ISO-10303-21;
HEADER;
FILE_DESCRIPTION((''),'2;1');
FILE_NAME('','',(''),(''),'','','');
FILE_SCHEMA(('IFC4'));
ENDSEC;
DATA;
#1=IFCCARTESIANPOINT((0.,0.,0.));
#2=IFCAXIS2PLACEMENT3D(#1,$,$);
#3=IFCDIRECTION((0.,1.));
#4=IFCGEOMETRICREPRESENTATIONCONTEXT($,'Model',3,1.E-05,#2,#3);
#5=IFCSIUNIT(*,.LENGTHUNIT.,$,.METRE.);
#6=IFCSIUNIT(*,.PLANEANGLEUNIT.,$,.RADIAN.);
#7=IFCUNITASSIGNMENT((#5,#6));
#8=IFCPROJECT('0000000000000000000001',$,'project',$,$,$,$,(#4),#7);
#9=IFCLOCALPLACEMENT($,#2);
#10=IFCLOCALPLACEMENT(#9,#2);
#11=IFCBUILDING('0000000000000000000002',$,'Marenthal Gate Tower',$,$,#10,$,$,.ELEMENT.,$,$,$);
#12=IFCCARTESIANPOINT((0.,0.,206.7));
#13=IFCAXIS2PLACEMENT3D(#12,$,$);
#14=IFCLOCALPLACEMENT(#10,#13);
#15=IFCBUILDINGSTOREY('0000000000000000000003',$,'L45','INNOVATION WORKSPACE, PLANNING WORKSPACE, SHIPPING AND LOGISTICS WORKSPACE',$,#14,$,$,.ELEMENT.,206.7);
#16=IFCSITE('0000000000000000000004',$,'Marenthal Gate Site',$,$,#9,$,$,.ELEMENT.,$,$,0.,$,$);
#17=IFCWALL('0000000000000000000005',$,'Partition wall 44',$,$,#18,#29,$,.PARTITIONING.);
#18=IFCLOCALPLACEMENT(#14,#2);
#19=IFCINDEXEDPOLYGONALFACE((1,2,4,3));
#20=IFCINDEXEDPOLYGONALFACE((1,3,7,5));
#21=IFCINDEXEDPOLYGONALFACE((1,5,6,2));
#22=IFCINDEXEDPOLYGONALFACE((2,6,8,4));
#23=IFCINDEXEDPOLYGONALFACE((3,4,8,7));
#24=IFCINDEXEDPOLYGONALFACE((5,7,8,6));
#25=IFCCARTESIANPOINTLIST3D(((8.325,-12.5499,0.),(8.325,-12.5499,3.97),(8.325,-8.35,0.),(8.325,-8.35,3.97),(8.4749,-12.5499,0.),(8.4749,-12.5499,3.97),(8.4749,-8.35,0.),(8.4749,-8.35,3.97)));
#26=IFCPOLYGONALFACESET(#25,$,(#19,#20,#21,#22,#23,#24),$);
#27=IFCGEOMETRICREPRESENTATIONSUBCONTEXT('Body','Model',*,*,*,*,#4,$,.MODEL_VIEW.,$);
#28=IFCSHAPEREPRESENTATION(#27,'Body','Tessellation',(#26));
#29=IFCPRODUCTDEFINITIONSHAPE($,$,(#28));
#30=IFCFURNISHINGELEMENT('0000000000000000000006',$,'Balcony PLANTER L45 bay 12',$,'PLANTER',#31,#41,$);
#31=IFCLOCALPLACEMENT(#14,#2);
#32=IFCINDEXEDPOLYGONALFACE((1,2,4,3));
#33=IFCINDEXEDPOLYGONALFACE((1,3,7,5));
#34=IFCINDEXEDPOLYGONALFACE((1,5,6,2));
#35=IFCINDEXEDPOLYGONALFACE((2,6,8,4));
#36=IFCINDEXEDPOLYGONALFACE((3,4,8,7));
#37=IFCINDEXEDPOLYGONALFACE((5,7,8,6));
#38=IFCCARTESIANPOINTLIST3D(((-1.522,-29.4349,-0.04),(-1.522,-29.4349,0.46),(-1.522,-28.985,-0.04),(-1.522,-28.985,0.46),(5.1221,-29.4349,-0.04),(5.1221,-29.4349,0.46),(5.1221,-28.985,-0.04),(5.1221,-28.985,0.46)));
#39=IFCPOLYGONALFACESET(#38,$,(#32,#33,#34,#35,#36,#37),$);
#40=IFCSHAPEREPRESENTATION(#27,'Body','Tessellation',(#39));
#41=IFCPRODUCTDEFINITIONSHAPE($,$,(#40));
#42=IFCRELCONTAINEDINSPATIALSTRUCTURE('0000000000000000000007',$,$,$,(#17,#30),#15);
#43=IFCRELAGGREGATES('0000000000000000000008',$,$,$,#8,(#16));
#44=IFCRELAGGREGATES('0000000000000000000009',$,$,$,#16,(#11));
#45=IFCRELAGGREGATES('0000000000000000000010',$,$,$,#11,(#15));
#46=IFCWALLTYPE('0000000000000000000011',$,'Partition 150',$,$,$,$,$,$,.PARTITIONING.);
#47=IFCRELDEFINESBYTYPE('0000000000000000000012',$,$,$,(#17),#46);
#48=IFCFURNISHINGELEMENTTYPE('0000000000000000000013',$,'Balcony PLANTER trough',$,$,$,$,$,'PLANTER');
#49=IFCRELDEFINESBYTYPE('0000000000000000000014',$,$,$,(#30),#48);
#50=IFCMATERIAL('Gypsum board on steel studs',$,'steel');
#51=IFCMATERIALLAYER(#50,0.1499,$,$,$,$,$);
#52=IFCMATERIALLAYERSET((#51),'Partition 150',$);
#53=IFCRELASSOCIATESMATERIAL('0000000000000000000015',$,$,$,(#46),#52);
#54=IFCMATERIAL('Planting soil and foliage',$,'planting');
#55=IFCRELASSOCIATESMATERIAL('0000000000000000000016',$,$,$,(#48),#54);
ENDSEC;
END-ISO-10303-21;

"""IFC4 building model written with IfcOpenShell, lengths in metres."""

from ifc_helpers import new_model, si_unit, direction, frame, frame_2d, origin, origin_2d, place, context, subcontext, project, spatial, rectangle, extrude, material, layer, layer_set, type_object, element, save


model = new_model("IFC4")

# Units and contexts
model_context = context("Model", 3, precision=1e-05, world=origin(), true_north=direction((0.0, 1.0)))
body_context = subcontext(model_context, "Body", "Model", "MODEL_VIEW")
ifc_project = project(units=[si_unit("LENGTHUNIT", "METRE"), si_unit("PLANEANGLEUNIT", "RADIAN")], contexts=[model_context])

# Site, building, storey
site_placement = place(None, origin())
site = spatial("IfcSite", under=ifc_project, at=site_placement, Name="Marenthal Gate Site", CompositionType="ELEMENT", RefElevation=0.0)
building_placement = place(site_placement, origin())
building = spatial("IfcBuilding", under=site, at=building_placement, Name="Marenthal Gate Tower", CompositionType="ELEMENT")
storey_placement = place(building_placement, frame((0.0, 0.0, 206.7)))
storey = spatial("IfcBuildingStorey", under=building, at=storey_placement, Name="L45", Description="INNOVATION WORKSPACE, PLANNING WORKSPACE, SHIPPING AND LOGISTICS WORKSPACE", CompositionType="ELEMENT", Elevation=206.7)

# Shared definitions
ifc_material_1 = material(Name="Gypsum board on steel studs", Category="steel")
ifc_layer_1 = layer(ifc_material_1, 0.1499)
ifc_layer_set_1 = layer_set([ifc_layer_1], Name="Partition 150")
wall_type_1 = type_object("IfcWallType", Name="Partition 150", PredefinedType="PARTITIONING", material=ifc_layer_set_1)

# Wall
wall_1_placement = place(storey_placement, frame((8.3999, -12.55, 0.0), z_axis=(0.0, 0.0, 1.0), x_axis=(0.0, 1.0, 0.0)))
element("IfcWall", 1, at=wall_1_placement, inside=storey, type_object=wall_type_1, Name="Partition wall 44", PredefinedType="PARTITIONING", context=body_context, shape_type="SweptSolid", body=[
    extrude(rectangle(XDim=4.2, YDim=0.1499, at=frame_2d((2.1001, 0.0))), origin(), (0.0, 0.0, 1.0), 3.97),
])

# Furnishing element
ifc_material_2 = material(Name="Planting soil and foliage", Category="planting")
furnishing_element_type = type_object("IfcFurnishingElementType", Name="Balcony PLANTER trough", ElementType="PLANTER", material=ifc_material_2)
furnishing_placement = place(storey_placement, frame((1.8, -29.21, -0.04), z_axis=(0.0, 0.0, 1.0), x_axis=(1.0, 0.0, 0.0)))
element("IfcFurnishingElement", 2, at=furnishing_placement, inside=storey, type_object=furnishing_element_type, Name="Balcony PLANTER L45 bay 12", ObjectType="PLANTER", context=body_context, shape_type="SweptSolid", body=[
    extrude(rectangle(XDim=6.644, YDim=0.45, at=origin_2d()), origin(), (0.0, 0.0, 1.0), 0.5),
])

save(model, "model.ifc")
